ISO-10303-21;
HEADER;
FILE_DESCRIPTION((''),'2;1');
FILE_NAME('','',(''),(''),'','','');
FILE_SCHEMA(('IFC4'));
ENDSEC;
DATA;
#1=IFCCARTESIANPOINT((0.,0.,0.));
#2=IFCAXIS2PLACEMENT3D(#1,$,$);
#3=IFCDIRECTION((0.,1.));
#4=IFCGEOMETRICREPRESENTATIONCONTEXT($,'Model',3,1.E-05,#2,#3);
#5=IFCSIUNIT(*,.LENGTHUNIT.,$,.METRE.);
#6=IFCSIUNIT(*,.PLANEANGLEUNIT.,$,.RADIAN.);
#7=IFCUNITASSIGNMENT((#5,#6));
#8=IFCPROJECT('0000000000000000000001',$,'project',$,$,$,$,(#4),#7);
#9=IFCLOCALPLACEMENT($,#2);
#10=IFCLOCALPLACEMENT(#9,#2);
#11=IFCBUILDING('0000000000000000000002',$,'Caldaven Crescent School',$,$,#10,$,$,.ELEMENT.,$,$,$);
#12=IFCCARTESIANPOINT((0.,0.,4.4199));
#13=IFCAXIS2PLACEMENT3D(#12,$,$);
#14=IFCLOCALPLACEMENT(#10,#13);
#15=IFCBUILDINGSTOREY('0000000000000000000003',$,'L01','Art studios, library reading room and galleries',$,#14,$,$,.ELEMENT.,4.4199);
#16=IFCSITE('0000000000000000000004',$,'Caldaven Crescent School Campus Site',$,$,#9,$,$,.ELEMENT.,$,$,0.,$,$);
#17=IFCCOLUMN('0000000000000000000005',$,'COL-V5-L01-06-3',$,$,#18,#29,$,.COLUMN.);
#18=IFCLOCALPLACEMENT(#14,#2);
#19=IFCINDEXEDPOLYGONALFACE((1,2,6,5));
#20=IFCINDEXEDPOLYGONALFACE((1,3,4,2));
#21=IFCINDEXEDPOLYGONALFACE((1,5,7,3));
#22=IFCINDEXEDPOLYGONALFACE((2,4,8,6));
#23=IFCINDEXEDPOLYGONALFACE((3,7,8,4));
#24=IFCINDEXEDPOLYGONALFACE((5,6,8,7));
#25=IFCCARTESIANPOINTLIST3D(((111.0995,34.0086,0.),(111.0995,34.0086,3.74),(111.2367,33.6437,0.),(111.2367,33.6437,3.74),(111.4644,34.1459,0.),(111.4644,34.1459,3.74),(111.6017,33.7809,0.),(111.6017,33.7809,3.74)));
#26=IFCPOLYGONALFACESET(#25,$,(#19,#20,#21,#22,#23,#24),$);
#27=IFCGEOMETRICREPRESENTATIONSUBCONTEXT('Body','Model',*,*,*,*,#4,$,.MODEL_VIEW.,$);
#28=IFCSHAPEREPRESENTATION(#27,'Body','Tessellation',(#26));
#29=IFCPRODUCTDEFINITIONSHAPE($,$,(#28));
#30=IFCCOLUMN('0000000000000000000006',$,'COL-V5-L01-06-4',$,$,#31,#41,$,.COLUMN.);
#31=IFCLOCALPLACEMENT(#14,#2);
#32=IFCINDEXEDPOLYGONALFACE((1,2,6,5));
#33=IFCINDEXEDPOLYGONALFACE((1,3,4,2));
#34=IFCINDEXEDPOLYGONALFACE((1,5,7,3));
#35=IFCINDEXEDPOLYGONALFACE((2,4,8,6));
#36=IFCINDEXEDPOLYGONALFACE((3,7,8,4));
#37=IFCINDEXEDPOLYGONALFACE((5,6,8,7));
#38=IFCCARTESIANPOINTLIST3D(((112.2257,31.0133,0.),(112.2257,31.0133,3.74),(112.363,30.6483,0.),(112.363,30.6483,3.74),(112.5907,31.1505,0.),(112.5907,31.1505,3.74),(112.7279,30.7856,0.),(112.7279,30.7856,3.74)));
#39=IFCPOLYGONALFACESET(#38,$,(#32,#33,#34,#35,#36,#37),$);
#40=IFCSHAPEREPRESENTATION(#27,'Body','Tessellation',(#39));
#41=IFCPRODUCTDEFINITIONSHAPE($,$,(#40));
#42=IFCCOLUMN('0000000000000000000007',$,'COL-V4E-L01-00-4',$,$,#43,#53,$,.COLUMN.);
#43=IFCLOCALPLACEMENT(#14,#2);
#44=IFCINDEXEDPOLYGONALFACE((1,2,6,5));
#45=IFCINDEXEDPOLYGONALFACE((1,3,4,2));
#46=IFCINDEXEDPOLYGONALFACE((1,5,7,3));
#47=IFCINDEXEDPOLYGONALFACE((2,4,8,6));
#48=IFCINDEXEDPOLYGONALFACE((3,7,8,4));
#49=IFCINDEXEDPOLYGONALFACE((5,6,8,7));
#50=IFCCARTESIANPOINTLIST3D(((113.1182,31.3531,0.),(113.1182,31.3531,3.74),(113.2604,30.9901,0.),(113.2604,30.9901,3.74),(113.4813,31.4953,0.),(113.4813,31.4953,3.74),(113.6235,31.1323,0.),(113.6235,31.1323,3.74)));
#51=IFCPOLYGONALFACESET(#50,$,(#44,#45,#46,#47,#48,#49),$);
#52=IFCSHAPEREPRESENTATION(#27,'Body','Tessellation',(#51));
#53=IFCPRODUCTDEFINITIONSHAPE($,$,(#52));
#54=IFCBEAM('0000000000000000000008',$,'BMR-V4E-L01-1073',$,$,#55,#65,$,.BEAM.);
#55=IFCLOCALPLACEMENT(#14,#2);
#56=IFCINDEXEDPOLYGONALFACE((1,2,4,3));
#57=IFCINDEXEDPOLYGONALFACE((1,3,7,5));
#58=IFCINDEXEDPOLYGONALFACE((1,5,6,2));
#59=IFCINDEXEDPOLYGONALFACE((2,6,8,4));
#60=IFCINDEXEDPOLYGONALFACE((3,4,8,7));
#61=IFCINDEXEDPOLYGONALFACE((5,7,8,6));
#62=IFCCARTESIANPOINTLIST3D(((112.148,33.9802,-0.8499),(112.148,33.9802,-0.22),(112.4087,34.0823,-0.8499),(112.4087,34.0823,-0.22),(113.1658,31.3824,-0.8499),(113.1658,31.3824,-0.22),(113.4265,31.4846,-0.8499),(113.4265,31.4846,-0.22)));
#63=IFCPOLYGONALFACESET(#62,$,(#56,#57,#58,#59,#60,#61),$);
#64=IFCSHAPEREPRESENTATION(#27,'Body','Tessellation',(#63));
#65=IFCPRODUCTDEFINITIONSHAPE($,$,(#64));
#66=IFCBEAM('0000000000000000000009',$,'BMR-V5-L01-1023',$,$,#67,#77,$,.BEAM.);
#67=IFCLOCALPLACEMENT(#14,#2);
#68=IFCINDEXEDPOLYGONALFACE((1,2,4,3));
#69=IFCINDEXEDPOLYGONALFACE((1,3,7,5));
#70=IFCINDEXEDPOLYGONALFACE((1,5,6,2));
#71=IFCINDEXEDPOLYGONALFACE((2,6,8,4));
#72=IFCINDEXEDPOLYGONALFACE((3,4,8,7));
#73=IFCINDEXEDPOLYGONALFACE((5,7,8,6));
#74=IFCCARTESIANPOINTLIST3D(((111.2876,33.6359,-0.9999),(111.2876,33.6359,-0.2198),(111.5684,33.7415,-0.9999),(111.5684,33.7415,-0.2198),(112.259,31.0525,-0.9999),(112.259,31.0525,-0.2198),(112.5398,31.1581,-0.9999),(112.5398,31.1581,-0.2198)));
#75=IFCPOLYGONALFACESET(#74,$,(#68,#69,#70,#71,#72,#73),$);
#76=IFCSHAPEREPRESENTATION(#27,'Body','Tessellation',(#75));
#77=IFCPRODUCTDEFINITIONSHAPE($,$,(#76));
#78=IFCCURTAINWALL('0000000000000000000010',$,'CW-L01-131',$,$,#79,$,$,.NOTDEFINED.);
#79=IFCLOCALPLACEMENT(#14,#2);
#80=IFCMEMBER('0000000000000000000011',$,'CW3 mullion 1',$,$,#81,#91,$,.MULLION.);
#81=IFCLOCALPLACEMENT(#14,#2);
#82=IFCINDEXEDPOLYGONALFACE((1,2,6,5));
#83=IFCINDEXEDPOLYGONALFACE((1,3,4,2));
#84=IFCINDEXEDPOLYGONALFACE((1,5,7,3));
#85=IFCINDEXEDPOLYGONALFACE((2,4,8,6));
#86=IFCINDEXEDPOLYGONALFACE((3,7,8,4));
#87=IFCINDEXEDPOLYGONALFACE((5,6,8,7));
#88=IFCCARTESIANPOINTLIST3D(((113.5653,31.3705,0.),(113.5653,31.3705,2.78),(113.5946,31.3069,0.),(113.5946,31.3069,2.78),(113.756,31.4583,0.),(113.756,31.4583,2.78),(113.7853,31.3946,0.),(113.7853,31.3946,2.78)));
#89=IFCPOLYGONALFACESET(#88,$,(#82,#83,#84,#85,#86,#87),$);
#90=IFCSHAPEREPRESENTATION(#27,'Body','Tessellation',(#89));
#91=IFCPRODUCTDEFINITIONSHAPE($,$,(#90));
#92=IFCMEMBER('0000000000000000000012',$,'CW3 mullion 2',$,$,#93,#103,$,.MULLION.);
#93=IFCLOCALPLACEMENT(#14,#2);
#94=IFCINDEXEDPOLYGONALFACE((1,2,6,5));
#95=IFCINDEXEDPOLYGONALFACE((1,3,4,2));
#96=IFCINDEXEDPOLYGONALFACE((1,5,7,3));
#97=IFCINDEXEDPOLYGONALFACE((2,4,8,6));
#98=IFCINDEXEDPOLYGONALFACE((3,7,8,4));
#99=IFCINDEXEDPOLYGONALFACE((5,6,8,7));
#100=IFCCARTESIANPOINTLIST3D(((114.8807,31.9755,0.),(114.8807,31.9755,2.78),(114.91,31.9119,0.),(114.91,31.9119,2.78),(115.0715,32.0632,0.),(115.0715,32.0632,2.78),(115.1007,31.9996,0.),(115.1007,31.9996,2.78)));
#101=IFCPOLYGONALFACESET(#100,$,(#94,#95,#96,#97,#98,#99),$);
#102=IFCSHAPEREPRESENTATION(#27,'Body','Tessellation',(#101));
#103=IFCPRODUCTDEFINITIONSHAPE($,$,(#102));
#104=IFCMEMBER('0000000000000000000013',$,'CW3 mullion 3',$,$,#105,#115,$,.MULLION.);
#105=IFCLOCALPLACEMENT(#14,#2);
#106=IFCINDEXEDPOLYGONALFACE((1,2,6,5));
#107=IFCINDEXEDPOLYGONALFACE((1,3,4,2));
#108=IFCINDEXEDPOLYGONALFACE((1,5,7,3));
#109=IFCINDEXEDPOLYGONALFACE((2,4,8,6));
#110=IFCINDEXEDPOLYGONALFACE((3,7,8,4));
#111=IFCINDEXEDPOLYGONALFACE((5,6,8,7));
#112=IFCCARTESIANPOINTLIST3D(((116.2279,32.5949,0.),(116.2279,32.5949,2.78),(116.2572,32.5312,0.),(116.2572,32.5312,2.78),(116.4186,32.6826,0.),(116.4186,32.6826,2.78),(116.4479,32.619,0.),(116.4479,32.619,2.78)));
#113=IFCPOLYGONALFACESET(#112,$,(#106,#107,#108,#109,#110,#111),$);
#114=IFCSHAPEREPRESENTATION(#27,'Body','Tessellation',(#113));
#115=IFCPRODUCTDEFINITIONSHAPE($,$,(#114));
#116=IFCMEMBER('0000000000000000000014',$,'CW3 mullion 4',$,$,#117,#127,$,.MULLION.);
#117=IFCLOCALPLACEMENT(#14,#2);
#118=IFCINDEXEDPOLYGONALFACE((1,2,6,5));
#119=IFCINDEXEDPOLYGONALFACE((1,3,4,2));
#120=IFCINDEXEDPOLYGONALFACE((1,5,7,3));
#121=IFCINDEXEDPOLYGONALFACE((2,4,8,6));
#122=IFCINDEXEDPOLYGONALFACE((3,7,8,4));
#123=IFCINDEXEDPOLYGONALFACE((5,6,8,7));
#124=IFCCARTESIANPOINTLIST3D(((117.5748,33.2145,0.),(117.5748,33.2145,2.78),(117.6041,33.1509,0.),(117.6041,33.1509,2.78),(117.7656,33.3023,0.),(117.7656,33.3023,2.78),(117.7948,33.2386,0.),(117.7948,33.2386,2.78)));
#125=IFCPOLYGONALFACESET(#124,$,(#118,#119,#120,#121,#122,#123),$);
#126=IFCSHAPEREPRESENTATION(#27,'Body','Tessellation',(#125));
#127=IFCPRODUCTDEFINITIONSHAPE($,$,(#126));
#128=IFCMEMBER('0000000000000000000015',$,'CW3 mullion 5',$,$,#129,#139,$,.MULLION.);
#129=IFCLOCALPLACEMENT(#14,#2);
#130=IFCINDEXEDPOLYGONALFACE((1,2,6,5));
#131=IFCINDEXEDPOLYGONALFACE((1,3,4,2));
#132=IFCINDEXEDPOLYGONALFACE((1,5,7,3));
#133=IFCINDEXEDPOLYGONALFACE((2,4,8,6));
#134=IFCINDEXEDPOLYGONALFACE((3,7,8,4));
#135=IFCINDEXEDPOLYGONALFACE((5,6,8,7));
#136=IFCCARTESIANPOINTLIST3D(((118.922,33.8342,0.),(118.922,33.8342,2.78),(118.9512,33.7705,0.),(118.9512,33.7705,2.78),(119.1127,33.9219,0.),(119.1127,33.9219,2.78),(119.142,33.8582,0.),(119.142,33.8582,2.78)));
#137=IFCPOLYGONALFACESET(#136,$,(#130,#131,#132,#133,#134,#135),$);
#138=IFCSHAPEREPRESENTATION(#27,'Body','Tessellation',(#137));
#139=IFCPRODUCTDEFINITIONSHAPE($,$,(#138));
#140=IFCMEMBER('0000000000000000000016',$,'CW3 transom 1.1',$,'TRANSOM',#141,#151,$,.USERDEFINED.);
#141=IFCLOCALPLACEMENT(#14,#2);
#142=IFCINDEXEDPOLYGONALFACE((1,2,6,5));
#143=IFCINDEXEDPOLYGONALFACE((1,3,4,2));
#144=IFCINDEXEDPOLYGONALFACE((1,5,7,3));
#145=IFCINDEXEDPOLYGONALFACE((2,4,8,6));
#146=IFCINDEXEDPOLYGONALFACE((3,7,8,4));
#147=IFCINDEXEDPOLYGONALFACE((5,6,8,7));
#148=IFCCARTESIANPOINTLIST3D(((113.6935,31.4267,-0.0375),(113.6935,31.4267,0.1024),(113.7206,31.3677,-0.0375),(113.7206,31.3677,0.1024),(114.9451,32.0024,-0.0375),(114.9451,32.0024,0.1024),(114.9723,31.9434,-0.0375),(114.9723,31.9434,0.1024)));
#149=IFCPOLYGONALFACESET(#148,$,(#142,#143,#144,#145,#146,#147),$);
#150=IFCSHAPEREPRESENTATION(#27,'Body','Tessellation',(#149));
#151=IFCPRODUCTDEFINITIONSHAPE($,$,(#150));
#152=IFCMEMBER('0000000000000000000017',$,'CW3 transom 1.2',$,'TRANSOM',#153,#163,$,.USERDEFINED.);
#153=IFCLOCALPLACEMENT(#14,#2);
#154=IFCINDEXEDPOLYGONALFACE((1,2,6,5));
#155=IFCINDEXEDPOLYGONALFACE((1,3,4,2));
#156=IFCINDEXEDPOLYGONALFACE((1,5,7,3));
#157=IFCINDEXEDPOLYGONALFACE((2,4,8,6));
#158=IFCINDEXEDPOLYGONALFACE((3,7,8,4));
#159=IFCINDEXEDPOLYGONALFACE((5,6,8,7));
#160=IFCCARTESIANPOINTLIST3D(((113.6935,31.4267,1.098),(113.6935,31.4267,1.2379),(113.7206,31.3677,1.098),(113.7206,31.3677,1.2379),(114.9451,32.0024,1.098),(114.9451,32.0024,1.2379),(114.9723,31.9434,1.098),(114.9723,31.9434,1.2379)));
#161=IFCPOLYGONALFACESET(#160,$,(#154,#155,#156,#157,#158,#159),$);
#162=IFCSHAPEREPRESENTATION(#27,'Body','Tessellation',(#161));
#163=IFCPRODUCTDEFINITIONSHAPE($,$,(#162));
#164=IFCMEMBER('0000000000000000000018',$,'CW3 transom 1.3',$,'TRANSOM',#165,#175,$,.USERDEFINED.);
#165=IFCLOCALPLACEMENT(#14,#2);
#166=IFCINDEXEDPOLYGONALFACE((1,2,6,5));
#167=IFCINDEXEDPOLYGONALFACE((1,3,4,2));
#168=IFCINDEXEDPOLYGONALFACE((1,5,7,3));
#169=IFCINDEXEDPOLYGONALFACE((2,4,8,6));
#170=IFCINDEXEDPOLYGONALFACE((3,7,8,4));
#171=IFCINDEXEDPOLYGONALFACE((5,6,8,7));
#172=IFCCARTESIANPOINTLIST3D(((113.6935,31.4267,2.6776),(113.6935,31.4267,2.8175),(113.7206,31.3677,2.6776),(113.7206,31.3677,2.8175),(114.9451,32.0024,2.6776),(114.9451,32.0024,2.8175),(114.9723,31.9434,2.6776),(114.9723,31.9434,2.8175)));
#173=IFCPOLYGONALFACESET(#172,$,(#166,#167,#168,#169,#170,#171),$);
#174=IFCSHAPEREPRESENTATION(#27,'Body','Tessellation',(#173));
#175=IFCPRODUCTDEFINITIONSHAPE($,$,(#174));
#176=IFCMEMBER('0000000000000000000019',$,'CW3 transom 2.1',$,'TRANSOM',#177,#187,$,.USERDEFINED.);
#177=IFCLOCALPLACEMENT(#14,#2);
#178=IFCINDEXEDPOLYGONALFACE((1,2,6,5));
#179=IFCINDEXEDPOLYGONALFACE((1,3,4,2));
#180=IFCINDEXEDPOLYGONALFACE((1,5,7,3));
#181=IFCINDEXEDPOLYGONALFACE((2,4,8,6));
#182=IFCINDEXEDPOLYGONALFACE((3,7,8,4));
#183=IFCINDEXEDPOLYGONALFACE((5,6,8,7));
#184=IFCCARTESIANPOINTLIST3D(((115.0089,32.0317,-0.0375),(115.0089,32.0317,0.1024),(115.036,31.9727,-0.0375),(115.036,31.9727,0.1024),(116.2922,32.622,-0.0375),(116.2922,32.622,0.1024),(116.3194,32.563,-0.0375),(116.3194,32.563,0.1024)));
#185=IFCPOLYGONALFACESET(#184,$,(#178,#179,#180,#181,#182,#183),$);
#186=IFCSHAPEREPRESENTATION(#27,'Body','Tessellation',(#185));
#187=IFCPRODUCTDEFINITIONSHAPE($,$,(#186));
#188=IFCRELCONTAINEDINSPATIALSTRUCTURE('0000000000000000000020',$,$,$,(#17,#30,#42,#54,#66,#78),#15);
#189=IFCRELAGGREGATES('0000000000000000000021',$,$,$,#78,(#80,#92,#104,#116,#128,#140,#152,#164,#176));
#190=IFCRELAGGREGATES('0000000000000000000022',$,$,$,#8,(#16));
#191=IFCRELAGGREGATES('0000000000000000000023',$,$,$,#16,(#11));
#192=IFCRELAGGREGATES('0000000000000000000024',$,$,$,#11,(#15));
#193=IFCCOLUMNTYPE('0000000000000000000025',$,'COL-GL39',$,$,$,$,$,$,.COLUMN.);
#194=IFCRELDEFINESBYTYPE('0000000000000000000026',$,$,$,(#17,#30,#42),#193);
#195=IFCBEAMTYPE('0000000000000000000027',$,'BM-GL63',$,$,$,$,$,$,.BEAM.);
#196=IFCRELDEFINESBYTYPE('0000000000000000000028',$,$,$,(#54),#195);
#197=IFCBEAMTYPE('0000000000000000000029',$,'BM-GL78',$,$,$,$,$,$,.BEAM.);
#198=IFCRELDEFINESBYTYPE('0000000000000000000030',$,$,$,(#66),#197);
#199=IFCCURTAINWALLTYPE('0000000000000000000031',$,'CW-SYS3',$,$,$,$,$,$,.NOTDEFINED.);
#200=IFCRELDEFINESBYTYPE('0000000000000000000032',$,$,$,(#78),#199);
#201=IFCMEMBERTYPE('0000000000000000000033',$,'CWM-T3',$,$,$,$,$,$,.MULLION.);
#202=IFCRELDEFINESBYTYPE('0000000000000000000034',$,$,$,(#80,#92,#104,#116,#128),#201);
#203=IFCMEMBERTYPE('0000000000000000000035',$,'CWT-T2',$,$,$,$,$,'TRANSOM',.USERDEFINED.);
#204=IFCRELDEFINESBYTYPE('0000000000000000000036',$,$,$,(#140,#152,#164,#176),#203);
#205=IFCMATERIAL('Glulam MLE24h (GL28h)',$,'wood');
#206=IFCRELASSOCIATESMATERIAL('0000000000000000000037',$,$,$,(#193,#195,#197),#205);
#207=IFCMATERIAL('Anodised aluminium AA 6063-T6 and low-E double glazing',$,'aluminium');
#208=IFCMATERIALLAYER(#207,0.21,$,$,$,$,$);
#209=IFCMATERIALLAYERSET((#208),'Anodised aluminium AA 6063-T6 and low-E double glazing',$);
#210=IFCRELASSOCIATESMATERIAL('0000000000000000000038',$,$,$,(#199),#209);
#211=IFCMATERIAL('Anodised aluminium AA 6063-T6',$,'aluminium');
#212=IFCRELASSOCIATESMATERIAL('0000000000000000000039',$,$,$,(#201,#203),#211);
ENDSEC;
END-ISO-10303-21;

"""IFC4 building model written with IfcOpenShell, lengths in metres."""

from ifc_helpers import new_model, si_unit, direction, frame, origin, origin_2d, place, context, subcontext, project, spatial, rectangle, extrude, material, layer, layer_set, material_profile, profile_set, type_object, element, aggregate, save


model = new_model("IFC4")

# Units and contexts
model_context = context("Model", 3, precision=1e-05, world=origin(), true_north=direction((0.0, 1.0)))
body_context = subcontext(model_context, "Body", "Model", "MODEL_VIEW")
ifc_project = project(units=[si_unit("LENGTHUNIT", "METRE"), si_unit("PLANEANGLEUNIT", "RADIAN")], contexts=[model_context])

# Site, building, storey
site_placement = place(None, origin())
site = spatial("IfcSite", under=ifc_project, at=site_placement, Name="Caldaven Crescent School Campus Site", CompositionType="ELEMENT", RefElevation=0.0)
building_placement = place(site_placement, origin())
building = spatial("IfcBuilding", under=site, at=building_placement, Name="Caldaven Crescent School", CompositionType="ELEMENT")
storey_placement = place(building_placement, frame((0.0, 0.0, 4.4199)))
storey = spatial("IfcBuildingStorey", under=building, at=storey_placement, Name="L01", Description="Art studios, library reading room and galleries", CompositionType="ELEMENT", Elevation=4.4199)

# Columns
ifc_material_1 = material(Name="Glulam MLE24h (GL28h)", Category="wood")
ifc_material_profile_1 = material_profile(ifc_material_1, rectangle(XDim=0.3899, YDim=0.3899, at=origin_2d()), Name="MLE 390x390")
ifc_profile_set_1 = profile_set([ifc_material_profile_1], Name="Glulam MLE24h (GL28h)")
column_type = type_object("IfcColumnType", Name="COL-GL39", PredefinedType="COLUMN", material=ifc_profile_set_1)
for number, where, z_axis, x_axis, name in (
    (1, (111.3506, 33.8948, 0.0), (0.0, 0.0, 1.0), (0.352005, -0.935998, 0.0), "COL-V5-L01-06-3"),
    (2, (112.4768, 30.8994, 0.0), (0.0, 0.0, 1.0), (0.352005, -0.935998, 0.0), "COL-V5-L01-06-4"),
    (3, (113.3708, 31.2427, 0.0), (0.0, 0.0, 1.0), (0.364714, -0.931119, 0.0), "COL-V4E-L01-00-4"),
):
    element("IfcColumn", number, at=place(storey_placement, frame(where, z_axis=z_axis, x_axis=x_axis)), inside=storey, type_object=column_type, Name=name, PredefinedType="COLUMN", context=body_context, shape_type="SweptSolid", body=[
        extrude(rectangle(XDim=0.3899, YDim=0.3899, at=origin_2d()), origin(), (0.0, 0.0, 1.0), 3.74),
    ])

# Beams
ifc_material_profile_2 = material_profile(ifc_material_1, rectangle(XDim=0.28, YDim=0.6299, at=origin_2d()), Name="MLE 280x630")
ifc_profile_set_2 = profile_set([ifc_material_profile_2], Name="Glulam MLE24h (GL28h)")
beam_type_1 = type_object("IfcBeamType", Name="BM-GL63", PredefinedType="BEAM", material=ifc_profile_set_2)
beam_1_placement = place(storey_placement, frame((112.2783, 34.0312, -0.5349), z_axis=(0.364818, -0.931079, 0.0), x_axis=(0.931079, 0.364818, 0.0)))
element("IfcBeam", 4, at=beam_1_placement, inside=storey, type_object=beam_type_1, Name="BMR-V4E-L01-1073", PredefinedType="BEAM", context=body_context, shape_type="SweptSolid", body=[
    extrude(rectangle(XDim=0.28, YDim=0.6299, at=origin_2d()), origin(), (0.0, 0.0, 1.0), 2.79),
])
ifc_material_profile_3 = material_profile(ifc_material_1, rectangle(XDim=0.3, YDim=0.78, at=origin_2d()), Name="MLE 300x780")
ifc_profile_set_3 = profile_set([ifc_material_profile_3], Name="Glulam MLE24h (GL28h)")
beam_type_2 = type_object("IfcBeamType", Name="BM-GL78", PredefinedType="BEAM", material=ifc_profile_set_3)
beam_2_placement = place(storey_placement, frame((111.428, 33.6887, -0.6099), z_axis=(0.351957, -0.936016, 0.0), x_axis=(0.936016, 0.351957, 0.0)))
element("IfcBeam", 5, at=beam_2_placement, inside=storey, type_object=beam_type_2, Name="BMR-V5-L01-1023", PredefinedType="BEAM", context=body_context, shape_type="SweptSolid", body=[
    extrude(rectangle(XDim=0.3, YDim=0.78, at=origin_2d()), origin(), (0.0, 0.0, 1.0), 2.76),
])

# Curtain wall, members
ifc_material_2 = material(Name="Anodised aluminium AA 6063-T6 and low-E double glazing", Category="aluminium")
ifc_layer_1 = layer(ifc_material_2, 0.21)
ifc_layer_set_1 = layer_set([ifc_layer_1], Name="Anodised aluminium AA 6063-T6 and low-E double glazing")
curtain_wall_type = type_object("IfcCurtainWallType", Name="CW-SYS3", PredefinedType="NOTDEFINED", material=ifc_layer_set_1)
curtain_wall_placement = place(storey_placement, origin())
curtain_wall = element("IfcCurtainWall", 6, at=curtain_wall_placement, inside=storey, type_object=curtain_wall_type, Name="CW-L01-131", PredefinedType="NOTDEFINED")
ifc_material_3 = material(Name="Anodised aluminium AA 6063-T6", Category="aluminium")
ifc_material_profile_4 = material_profile(ifc_material_3, rectangle(XDim=0.0701, YDim=0.21, at=origin_2d()), Name="CWM 70x210")
ifc_profile_set_4 = profile_set([ifc_material_profile_4], Name="Anodised aluminium AA 6063-T6")
member_type_1 = type_object("IfcMemberType", Name="CWM-T3", PredefinedType="MULLION", material=ifc_profile_set_4)
member_1_placement = place(storey_placement, frame((113.6753, 31.3826, 0.0), z_axis=(0.0, 0.0, 1.0), x_axis=(-0.417823, 0.908528, 0.0)))
member_1 = element("IfcMember", 7, at=member_1_placement, type_object=member_type_1, Name="CW3 mullion 1", PredefinedType="MULLION", context=body_context, shape_type="SweptSolid", body=[
    extrude(rectangle(XDim=0.0701, YDim=0.21, at=origin_2d()), origin(), (0.0, 0.0, 1.0), 2.78),
])
member_2_placement = place(storey_placement, frame((114.9907, 31.9875, 0.0), z_axis=(0.0, 0.0, 1.0), x_axis=(-0.417823, 0.908528, 0.0)))
member_2 = element("IfcMember", 8, at=member_2_placement, type_object=member_type_1, Name="CW3 mullion 2", PredefinedType="MULLION", context=body_context, shape_type="SweptSolid", body=[
    extrude(rectangle(XDim=0.0701, YDim=0.21, at=origin_2d()), origin(), (0.0, 0.0, 1.0), 2.78),
])
member_3_placement = place(storey_placement, frame((116.3379, 32.6069, 0.0), z_axis=(0.0, 0.0, 1.0), x_axis=(-0.417823, 0.908528, 0.0)))
member_3 = element("IfcMember", 9, at=member_3_placement, type_object=member_type_1, Name="CW3 mullion 3", PredefinedType="MULLION", context=body_context, shape_type="SweptSolid", body=[
    extrude(rectangle(XDim=0.0701, YDim=0.21, at=origin_2d()), origin(), (0.0, 0.0, 1.0), 2.78),
])
member_4_placement = place(storey_placement, frame((117.6848, 33.2266, 0.0), z_axis=(0.0, 0.0, 1.0), x_axis=(-0.417823, 0.908528, 0.0)))
member_4 = element("IfcMember", 10, at=member_4_placement, type_object=member_type_1, Name="CW3 mullion 4", PredefinedType="MULLION", context=body_context, shape_type="SweptSolid", body=[
    extrude(rectangle(XDim=0.0701, YDim=0.21, at=origin_2d()), origin(), (0.0, 0.0, 1.0), 2.78),
])
member_5_placement = place(storey_placement, frame((119.032, 33.8462, 0.0), z_axis=(0.0, 0.0, 1.0), x_axis=(-0.417823, 0.908528, 0.0)))
member_5 = element("IfcMember", 11, at=member_5_placement, type_object=member_type_1, Name="CW3 mullion 5", PredefinedType="MULLION", context=body_context, shape_type="SweptSolid", body=[
    extrude(rectangle(XDim=0.0701, YDim=0.21, at=origin_2d()), origin(), (0.0, 0.0, 1.0), 2.78),
])
ifc_material_profile_5 = material_profile(ifc_material_3, rectangle(XDim=0.0649, YDim=0.1399, at=origin_2d()), Name="CWT 65x140")
ifc_profile_set_5 = profile_set([ifc_material_profile_5], Name="Anodised aluminium AA 6063-T6")
member_type_2 = type_object("IfcMemberType", Name="CWT-T2", ElementType="TRANSOM", PredefinedType="USERDEFINED", material=ifc_profile_set_5)
member_6_placement = place(storey_placement, frame((113.707, 31.3972, 0.0325), z_axis=(0.908519, 0.417844, 0.0), x_axis=(-0.417844, 0.908519, 0.0)))
member_6 = element("IfcMember", 12, at=member_6_placement, type_object=member_type_2, Name="CW3 transom 1.1", ObjectType="TRANSOM", PredefinedType="USERDEFINED", context=body_context, shape_type="SweptSolid", body=[
    extrude(rectangle(XDim=0.0649, YDim=0.1399, at=origin_2d()), origin(), (0.0, 0.0, 1.0), 1.3777),
])
member_7_placement = place(storey_placement, frame((113.707, 31.3972, 1.168), z_axis=(0.908519, 0.417844, 0.0), x_axis=(-0.417844, 0.908519, 0.0)))
member_7 = element("IfcMember", 13, at=member_7_placement, type_object=member_type_2, Name="CW3 transom 1.2", ObjectType="TRANSOM", PredefinedType="USERDEFINED", context=body_context, shape_type="SweptSolid", body=[
    extrude(rectangle(XDim=0.0649, YDim=0.1399, at=origin_2d()), origin(), (0.0, 0.0, 1.0), 1.3777),
])
member_8_placement = place(storey_placement, frame((113.707, 31.3972, 2.7476), z_axis=(0.908519, 0.417844, 0.0), x_axis=(-0.417844, 0.908519, 0.0)))
member_8 = element("IfcMember", 14, at=member_8_placement, type_object=member_type_2, Name="CW3 transom 1.3", ObjectType="TRANSOM", PredefinedType="USERDEFINED", context=body_context, shape_type="SweptSolid", body=[
    extrude(rectangle(XDim=0.0649, YDim=0.1399, at=origin_2d()), origin(), (0.0, 0.0, 1.0), 1.3777),
])
member_9_placement = place(storey_placement, frame((115.0225, 32.0022, 0.0325), z_axis=(0.908505, 0.417874, 0.0), x_axis=(-0.417874, 0.908505, 0.0)))
member_9 = element("IfcMember", 15, at=member_9_placement, type_object=member_type_2, Name="CW3 transom 2.1", ObjectType="TRANSOM", PredefinedType="USERDEFINED", context=body_context, shape_type="SweptSolid", body=[
    extrude(rectangle(XDim=0.0649, YDim=0.1399, at=origin_2d()), origin(), (0.0, 0.0, 1.0), 1.4126),
])

aggregate(curtain_wall, [member_1, member_2, member_3, member_4, member_5, member_6, member_7, member_8, member_9])

save(model, "model.ifc")
